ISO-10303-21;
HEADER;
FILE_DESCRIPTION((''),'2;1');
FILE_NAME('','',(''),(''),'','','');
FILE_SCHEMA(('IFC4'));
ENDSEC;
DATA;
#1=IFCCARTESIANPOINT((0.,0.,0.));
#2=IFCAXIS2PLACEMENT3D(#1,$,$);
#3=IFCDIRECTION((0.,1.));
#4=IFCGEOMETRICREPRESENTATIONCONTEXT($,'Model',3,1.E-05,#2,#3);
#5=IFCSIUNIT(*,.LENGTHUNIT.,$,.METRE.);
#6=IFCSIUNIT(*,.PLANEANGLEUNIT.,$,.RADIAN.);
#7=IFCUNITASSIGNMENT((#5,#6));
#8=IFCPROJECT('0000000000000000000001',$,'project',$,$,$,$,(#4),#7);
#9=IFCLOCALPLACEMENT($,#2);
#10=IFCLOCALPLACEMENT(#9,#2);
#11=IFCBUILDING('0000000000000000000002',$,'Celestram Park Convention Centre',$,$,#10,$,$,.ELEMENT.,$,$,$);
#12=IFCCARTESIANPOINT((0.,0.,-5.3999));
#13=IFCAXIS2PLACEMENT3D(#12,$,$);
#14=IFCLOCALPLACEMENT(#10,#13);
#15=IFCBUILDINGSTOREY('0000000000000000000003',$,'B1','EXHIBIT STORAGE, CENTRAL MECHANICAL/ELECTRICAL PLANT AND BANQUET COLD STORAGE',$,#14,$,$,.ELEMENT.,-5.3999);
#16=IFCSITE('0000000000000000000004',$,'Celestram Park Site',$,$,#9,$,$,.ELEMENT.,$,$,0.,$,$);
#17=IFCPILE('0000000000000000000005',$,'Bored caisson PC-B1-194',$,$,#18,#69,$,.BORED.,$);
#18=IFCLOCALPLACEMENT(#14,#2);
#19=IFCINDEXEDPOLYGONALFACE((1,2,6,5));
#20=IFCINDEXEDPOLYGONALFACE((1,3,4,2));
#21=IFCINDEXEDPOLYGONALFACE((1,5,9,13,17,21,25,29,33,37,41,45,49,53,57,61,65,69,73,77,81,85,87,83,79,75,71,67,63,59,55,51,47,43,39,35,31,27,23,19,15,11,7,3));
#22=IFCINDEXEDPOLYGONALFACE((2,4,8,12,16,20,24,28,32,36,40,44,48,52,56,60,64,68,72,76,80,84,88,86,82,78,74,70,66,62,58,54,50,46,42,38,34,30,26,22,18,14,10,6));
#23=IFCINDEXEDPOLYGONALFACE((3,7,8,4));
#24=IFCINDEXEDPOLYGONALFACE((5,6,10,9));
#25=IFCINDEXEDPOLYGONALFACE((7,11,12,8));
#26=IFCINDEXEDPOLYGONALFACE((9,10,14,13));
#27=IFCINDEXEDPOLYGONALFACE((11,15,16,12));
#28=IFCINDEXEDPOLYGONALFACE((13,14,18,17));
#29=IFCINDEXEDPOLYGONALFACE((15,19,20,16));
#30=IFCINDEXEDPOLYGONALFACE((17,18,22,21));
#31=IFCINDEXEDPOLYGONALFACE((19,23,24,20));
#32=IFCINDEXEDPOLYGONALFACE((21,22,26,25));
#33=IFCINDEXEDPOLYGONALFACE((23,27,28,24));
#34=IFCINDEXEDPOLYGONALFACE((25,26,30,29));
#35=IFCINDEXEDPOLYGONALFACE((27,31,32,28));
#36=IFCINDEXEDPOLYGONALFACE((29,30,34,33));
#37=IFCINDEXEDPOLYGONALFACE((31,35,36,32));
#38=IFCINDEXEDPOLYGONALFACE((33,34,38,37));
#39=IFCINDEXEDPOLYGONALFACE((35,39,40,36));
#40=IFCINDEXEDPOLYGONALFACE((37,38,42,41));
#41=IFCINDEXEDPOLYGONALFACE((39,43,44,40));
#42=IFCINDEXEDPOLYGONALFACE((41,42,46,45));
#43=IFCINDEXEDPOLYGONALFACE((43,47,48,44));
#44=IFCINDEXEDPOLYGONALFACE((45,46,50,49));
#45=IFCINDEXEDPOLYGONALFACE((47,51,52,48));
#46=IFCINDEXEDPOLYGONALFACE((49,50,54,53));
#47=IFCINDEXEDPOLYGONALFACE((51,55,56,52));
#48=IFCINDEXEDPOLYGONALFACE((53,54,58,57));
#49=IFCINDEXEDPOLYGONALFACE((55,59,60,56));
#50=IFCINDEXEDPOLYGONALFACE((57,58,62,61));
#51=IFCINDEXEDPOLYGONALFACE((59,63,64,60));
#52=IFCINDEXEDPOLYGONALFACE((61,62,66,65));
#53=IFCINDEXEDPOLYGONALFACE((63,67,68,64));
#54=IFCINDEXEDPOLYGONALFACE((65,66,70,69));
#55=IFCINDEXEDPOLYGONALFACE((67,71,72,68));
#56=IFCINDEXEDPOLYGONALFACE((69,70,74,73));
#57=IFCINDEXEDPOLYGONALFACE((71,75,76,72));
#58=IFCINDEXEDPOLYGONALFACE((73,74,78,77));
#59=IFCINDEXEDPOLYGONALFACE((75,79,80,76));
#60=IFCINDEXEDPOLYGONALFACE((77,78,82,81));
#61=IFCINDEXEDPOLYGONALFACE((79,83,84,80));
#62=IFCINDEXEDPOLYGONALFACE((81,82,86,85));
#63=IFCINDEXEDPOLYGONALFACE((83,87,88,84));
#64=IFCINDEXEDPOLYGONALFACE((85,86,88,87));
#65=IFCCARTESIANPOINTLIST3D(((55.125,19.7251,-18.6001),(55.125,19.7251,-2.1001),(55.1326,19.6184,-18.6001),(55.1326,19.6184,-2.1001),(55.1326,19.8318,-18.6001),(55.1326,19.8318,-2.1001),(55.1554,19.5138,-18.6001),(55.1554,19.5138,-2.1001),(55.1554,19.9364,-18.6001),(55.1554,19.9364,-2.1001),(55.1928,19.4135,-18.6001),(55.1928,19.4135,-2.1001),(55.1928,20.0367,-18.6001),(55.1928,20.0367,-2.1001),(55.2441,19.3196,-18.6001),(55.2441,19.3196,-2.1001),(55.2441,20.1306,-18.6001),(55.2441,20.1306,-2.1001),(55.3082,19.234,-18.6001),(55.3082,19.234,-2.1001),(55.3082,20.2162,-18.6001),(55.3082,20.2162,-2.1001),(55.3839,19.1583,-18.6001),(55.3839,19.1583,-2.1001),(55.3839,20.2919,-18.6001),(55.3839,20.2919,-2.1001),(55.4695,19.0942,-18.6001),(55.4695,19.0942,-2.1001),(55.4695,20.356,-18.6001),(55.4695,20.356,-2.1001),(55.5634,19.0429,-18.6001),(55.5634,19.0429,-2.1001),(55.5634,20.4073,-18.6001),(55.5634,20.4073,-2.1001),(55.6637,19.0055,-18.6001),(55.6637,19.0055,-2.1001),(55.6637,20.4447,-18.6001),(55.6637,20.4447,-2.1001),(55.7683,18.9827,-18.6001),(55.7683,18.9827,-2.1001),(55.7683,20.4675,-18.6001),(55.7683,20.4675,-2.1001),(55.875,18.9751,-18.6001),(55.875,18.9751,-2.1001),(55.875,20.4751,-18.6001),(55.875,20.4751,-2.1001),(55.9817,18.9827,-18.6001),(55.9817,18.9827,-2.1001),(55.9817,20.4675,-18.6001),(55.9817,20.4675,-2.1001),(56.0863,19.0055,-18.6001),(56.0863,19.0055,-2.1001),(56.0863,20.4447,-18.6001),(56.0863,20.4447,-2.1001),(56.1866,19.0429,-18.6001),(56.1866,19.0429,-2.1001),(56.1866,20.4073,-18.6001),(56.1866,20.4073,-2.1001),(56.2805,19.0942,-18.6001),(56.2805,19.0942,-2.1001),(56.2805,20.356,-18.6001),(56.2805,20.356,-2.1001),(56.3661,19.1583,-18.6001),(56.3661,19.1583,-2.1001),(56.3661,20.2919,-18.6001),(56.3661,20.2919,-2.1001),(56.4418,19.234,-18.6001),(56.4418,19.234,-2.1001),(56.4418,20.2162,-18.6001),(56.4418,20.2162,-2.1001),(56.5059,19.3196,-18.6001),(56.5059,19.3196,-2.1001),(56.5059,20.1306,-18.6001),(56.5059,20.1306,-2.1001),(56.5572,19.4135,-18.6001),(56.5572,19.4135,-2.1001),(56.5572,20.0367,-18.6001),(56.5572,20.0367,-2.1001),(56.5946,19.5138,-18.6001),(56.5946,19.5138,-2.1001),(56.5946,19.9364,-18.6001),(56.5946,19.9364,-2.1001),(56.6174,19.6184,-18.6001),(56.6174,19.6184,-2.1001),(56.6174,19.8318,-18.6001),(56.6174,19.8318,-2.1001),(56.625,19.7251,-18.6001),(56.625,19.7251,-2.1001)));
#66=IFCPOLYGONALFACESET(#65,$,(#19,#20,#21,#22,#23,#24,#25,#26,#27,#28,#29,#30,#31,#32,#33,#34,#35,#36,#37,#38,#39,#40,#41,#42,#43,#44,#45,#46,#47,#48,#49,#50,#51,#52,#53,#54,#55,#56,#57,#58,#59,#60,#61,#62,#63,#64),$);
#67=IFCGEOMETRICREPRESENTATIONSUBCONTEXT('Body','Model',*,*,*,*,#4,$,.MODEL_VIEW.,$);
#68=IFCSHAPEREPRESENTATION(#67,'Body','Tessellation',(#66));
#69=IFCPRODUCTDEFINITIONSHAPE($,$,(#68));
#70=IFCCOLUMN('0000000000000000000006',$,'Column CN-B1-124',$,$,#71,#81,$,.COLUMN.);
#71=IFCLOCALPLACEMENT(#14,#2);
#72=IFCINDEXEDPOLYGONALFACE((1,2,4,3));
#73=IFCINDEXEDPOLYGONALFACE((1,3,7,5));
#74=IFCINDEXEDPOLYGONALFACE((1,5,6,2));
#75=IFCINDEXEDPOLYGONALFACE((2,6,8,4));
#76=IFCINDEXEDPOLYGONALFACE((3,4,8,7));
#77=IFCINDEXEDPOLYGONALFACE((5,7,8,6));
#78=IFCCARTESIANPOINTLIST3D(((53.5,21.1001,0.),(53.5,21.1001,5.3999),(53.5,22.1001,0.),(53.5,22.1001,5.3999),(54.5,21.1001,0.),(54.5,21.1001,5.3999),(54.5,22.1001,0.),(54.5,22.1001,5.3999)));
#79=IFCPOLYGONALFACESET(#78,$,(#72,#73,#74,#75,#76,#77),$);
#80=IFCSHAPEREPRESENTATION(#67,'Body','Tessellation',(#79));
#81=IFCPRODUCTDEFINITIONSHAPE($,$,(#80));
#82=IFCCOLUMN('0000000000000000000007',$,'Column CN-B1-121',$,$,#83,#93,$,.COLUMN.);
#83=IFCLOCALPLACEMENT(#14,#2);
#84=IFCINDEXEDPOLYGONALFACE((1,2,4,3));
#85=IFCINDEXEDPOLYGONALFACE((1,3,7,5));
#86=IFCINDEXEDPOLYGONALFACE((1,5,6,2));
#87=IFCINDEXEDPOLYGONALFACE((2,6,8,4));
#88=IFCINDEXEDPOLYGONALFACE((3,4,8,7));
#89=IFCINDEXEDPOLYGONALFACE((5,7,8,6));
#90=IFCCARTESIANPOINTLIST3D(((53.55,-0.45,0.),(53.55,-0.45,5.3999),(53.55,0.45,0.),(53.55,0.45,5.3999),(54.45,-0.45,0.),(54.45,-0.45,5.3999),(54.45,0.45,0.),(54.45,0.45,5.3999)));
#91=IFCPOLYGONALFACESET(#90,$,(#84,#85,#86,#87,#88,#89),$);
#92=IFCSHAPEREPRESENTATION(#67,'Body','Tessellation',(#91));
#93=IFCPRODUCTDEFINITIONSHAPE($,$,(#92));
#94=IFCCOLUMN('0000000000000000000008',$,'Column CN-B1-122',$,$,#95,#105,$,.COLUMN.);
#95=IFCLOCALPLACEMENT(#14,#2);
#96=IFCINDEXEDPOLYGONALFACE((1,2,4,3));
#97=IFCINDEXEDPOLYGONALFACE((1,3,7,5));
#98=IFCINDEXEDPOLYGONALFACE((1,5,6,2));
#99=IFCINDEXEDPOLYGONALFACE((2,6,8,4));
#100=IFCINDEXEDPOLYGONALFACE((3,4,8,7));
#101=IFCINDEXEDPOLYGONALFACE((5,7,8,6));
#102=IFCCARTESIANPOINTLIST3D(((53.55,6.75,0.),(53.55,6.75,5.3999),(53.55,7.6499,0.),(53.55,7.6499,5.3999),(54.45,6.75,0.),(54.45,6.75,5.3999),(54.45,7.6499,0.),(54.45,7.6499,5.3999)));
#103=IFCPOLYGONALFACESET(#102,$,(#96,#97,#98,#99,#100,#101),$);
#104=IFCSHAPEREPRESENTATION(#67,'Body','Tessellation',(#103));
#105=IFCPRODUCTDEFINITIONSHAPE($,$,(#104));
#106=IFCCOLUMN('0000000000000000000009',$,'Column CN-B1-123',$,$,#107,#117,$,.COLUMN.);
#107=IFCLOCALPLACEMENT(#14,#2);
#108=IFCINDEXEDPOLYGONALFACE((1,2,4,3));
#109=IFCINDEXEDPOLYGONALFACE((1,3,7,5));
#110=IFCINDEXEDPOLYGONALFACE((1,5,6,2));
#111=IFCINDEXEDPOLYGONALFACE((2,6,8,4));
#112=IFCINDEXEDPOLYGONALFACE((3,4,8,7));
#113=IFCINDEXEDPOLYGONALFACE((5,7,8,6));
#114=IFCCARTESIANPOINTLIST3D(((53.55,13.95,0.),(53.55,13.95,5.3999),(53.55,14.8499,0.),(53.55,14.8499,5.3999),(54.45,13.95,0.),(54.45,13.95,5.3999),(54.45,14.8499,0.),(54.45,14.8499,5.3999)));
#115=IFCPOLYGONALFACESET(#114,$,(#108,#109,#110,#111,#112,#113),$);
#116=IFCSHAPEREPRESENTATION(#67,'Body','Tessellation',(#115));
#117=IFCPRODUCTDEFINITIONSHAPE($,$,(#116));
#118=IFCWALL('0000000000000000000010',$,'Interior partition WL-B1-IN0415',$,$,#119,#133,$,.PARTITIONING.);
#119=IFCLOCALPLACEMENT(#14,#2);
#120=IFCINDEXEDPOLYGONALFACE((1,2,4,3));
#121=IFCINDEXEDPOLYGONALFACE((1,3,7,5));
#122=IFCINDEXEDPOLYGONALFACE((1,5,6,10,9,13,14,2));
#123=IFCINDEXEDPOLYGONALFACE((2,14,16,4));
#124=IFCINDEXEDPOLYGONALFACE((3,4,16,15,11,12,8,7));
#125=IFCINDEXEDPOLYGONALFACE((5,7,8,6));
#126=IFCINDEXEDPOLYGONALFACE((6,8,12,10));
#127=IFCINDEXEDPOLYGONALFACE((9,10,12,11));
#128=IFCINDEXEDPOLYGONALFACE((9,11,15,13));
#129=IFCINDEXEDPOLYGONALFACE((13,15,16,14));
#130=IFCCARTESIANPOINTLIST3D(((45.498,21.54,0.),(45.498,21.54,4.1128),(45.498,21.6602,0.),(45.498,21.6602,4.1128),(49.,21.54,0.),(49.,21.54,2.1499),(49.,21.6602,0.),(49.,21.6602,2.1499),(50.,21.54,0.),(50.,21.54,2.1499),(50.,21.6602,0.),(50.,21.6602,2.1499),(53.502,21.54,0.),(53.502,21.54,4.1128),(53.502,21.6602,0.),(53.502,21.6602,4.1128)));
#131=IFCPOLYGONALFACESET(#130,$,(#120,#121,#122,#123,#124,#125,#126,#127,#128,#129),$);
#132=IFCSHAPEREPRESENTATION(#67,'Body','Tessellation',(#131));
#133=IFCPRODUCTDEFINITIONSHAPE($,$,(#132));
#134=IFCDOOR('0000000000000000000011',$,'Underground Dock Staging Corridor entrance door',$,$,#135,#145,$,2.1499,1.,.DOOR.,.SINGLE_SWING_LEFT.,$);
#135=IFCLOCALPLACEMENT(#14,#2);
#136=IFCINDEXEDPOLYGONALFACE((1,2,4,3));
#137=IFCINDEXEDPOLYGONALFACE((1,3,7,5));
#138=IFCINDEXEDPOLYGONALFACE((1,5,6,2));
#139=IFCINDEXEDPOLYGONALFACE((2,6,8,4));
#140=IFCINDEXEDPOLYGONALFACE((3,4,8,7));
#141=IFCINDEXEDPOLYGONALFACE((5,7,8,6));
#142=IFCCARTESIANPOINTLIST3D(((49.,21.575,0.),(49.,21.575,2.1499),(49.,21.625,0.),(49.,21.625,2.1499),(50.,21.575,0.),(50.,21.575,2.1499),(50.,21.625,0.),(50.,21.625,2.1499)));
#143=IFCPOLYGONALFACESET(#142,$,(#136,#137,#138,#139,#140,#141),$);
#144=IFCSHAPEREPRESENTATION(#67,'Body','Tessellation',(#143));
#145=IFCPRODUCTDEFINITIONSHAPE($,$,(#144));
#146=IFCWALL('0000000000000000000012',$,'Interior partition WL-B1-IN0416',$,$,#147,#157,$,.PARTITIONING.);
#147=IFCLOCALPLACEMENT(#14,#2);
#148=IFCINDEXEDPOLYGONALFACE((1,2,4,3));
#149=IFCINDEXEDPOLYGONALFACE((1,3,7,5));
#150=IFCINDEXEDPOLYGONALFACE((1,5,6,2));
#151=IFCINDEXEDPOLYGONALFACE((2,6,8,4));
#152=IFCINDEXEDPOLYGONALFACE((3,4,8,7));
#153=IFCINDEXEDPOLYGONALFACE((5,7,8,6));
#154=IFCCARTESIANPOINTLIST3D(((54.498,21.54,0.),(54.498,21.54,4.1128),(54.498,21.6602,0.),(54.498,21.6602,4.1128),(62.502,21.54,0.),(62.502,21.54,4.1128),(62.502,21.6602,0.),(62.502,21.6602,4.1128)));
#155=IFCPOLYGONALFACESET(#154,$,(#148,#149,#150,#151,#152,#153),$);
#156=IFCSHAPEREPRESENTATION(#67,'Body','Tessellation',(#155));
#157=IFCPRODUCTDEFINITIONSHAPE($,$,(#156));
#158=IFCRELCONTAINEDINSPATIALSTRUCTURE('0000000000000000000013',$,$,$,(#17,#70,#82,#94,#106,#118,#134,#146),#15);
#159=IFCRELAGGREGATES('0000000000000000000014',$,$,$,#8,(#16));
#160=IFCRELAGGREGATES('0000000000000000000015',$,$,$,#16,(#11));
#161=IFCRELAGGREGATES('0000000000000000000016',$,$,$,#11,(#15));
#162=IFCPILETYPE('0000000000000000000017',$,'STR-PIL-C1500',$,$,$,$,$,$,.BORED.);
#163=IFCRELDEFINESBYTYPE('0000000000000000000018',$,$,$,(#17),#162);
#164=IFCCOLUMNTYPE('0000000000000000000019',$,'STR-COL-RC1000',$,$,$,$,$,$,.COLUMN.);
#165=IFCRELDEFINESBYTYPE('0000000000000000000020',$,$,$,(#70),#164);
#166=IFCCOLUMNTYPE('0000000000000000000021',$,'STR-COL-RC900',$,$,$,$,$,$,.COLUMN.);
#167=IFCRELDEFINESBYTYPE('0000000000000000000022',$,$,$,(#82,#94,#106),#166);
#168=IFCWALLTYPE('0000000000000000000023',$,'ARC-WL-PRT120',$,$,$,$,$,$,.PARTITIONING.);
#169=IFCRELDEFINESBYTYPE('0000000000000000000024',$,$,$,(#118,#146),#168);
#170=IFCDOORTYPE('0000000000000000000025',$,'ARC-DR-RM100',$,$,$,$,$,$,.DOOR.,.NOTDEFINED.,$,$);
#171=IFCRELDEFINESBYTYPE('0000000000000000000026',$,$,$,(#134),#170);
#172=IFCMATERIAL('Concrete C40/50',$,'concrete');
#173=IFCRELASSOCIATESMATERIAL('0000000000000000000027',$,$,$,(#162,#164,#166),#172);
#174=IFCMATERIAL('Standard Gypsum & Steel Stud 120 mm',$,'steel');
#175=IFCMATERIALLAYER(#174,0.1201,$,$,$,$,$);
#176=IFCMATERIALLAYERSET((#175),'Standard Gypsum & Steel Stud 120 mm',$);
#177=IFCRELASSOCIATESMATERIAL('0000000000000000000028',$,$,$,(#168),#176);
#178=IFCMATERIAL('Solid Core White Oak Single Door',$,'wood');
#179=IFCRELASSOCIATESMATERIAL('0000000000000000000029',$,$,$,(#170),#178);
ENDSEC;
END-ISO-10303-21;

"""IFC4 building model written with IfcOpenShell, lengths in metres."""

from ifc_helpers import new_model, si_unit, direction, frame, frame_2d, origin, origin_2d, place, context, subcontext, project, spatial, rectangle, circle, extrude, material, layer, layer_set, material_profile, profile_set, type_object, element, fill, save


model = new_model("IFC4")

# Units and contexts
model_context = context("Model", 3, precision=1e-05, world=origin(), true_north=direction((0.0, 1.0)))
body_context = subcontext(model_context, "Body", "Model", "MODEL_VIEW")
ifc_project = project(units=[si_unit("LENGTHUNIT", "METRE"), si_unit("PLANEANGLEUNIT", "RADIAN")], contexts=[model_context])

# Site, building, storey
site_placement = place(None, origin())
site = spatial("IfcSite", under=ifc_project, at=site_placement, Name="Celestram Park Site", CompositionType="ELEMENT", RefElevation=0.0)
building_placement = place(site_placement, origin())
building = spatial("IfcBuilding", under=site, at=building_placement, Name="Celestram Park Convention Centre", CompositionType="ELEMENT")
storey_placement = place(building_placement, frame((0.0, 0.0, -5.3999)))
storey = spatial("IfcBuildingStorey", under=building, at=storey_placement, Name="B1", Description="EXHIBIT STORAGE, CENTRAL MECHANICAL/ELECTRICAL PLANT AND BANQUET COLD STORAGE", CompositionType="ELEMENT", Elevation=-5.3999)

# Shared definitions
ifc_material_1 = material(Name="Concrete C40/50", Category="concrete")

# Pile
ifc_material_profile_1 = material_profile(ifc_material_1, circle(Radius=0.75, at=origin_2d()), Name="CAISSON1500")
ifc_profile_set_1 = profile_set([ifc_material_profile_1], Name="Concrete C40/50")
pile_type_1 = type_object("IfcPileType", Name="STR-PIL-C1500", PredefinedType="BORED", material=ifc_profile_set_1)
for number, where, z_axis, x_axis, name in (
    (1, (55.875, 19.7251, -2.1001), (0.0, 0.0, -1.0), (1.0, 0.0, 0.0), "Bored caisson PC-B1-194"),
):
    element("IfcPile", number, at=place(storey_placement, frame(where, z_axis=z_axis, x_axis=x_axis)), inside=storey, type_object=pile_type_1, Name=name, PredefinedType="BORED", context=body_context, shape_type="SweptSolid", body=[
        extrude(circle(Radius=0.75, at=origin_2d()), origin(), (0.0, 0.0, 1.0), 16.5),
    ])

# Columns
ifc_material_profile_2 = material_profile(ifc_material_1, rectangle(XDim=1.0, YDim=1.0, at=origin_2d()), Name="RC1000X1000")
ifc_profile_set_2 = profile_set([ifc_material_profile_2], Name="Concrete C40/50")
column_type_1 = type_object("IfcColumnType", Name="STR-COL-RC1000", PredefinedType="COLUMN", material=ifc_profile_set_2)
column_placement = place(storey_placement, frame((54.0, 21.6001, 0.0), z_axis=(0.0, 0.0, 1.0), x_axis=(1.0, 0.0, 0.0)))
element("IfcColumn", 2, at=column_placement, inside=storey, type_object=column_type_1, Name="Column CN-B1-124", PredefinedType="COLUMN", context=body_context, shape_type="SweptSolid", body=[
    extrude(rectangle(XDim=1.0, YDim=1.0, at=origin_2d()), origin(), (0.0, 0.0, 1.0), 5.3999),
])
ifc_material_profile_3 = material_profile(ifc_material_1, rectangle(XDim=0.8999, YDim=0.8999, at=origin_2d()), Name="RC900X900")
ifc_profile_set_3 = profile_set([ifc_material_profile_3], Name="Concrete C40/50")
column_type_2 = type_object("IfcColumnType", Name="STR-COL-RC900", PredefinedType="COLUMN", material=ifc_profile_set_3)
for number, where, z_axis, x_axis, name in (
    (3, (54.0, 0.0, 0.0), (0.0, 0.0, 1.0), (1.0, 0.0, 0.0), "Column CN-B1-121"),
    (4, (54.0, 7.2, 0.0), (0.0, 0.0, 1.0), (1.0, 0.0, 0.0), "Column CN-B1-122"),
    (5, (54.0, 14.3999, 0.0), (0.0, 0.0, 1.0), (1.0, 0.0, 0.0), "Column CN-B1-123"),
):
    element("IfcColumn", number, at=place(storey_placement, frame(where, z_axis=z_axis, x_axis=x_axis)), inside=storey, type_object=column_type_2, Name=name, PredefinedType="COLUMN", context=body_context, shape_type="SweptSolid", body=[
        extrude(rectangle(XDim=0.8999, YDim=0.8999, at=origin_2d()), origin(), (0.0, 0.0, 1.0), 5.3999),
    ])

# Wall, opening, door
ifc_material_2 = material(Name="Standard Gypsum & Steel Stud 120 mm", Category="steel")
ifc_layer = layer(ifc_material_2, 0.1201)
ifc_layer_set = layer_set([ifc_layer], Name="Standard Gypsum & Steel Stud 120 mm")
wall_type = type_object("IfcWallType", Name="ARC-WL-PRT120", PredefinedType="PARTITIONING", material=ifc_layer_set)
wall_1_placement = place(storey_placement, frame((45.498, 21.6001, 0.0), z_axis=(0.0, 0.0, 1.0), x_axis=(1.0, 0.0, 0.0)))
wall_1 = element("IfcWall", 6, at=wall_1_placement, inside=storey, type_object=wall_type, Name="Interior partition WL-B1-IN0415", PredefinedType="PARTITIONING", context=body_context, shape_type="SweptSolid", body=[
    extrude(rectangle(XDim=8.0039, YDim=0.1201, at=frame_2d((4.002, 0.0))), origin(), (0.0, 0.0, 1.0), 4.1128),
])
opening_placement = place(wall_1_placement, frame((3.502, 0.0, 0.0)))
opening = element("IfcOpeningElement", 7, at=opening_placement, cuts=wall_1, PredefinedType="OPENING", context=body_context, shape_type="SweptSolid", body=[
    extrude(rectangle(XDim=1.0, YDim=2.1499, at=frame_2d((0.5, 1.075))), frame((0.0, 0.0701, 0.0), z_axis=(0.0, -1.0, 0.0), x_axis=(1.0, 0.0, 0.0)), (0.0, 0.0, 1.0), 0.1401),
])
ifc_material_3 = material(Name="Solid Core White Oak Single Door", Category="wood")
door_type = type_object("IfcDoorType", Name="ARC-DR-RM100", OperationType="NOTDEFINED", PredefinedType="DOOR", material=ifc_material_3)
door_placement = place(opening_placement, origin())
door = element("IfcDoor", 8, at=door_placement, inside=storey, type_object=door_type, Name="Underground Dock Staging Corridor entrance door", OperationType="SINGLE_SWING_LEFT", OverallHeight=2.1499, OverallWidth=1.0, PredefinedType="DOOR", context=body_context, shape_type="SweptSolid", body=[
    extrude(rectangle(XDim=1.0, YDim=2.1499, at=frame_2d((0.5, 1.075))), frame((0.0, 0.0249, 0.0), z_axis=(0.0, -1.0, 0.0), x_axis=(1.0, 0.0, 0.0)), (0.0, 0.0, 1.0), 0.05),
])
fill(opening, door)

# Wall
wall_2_placement = place(storey_placement, frame((54.498, 21.6001, 0.0), z_axis=(0.0, 0.0, 1.0), x_axis=(1.0, 0.0, 0.0)))
element("IfcWall", 9, at=wall_2_placement, inside=storey, type_object=wall_type, Name="Interior partition WL-B1-IN0416", PredefinedType="PARTITIONING", context=body_context, shape_type="SweptSolid", body=[
    extrude(rectangle(XDim=8.0039, YDim=0.1201, at=frame_2d((4.002, 0.0))), origin(), (0.0, 0.0, 1.0), 4.1128),
])

save(model, "model.ifc")
